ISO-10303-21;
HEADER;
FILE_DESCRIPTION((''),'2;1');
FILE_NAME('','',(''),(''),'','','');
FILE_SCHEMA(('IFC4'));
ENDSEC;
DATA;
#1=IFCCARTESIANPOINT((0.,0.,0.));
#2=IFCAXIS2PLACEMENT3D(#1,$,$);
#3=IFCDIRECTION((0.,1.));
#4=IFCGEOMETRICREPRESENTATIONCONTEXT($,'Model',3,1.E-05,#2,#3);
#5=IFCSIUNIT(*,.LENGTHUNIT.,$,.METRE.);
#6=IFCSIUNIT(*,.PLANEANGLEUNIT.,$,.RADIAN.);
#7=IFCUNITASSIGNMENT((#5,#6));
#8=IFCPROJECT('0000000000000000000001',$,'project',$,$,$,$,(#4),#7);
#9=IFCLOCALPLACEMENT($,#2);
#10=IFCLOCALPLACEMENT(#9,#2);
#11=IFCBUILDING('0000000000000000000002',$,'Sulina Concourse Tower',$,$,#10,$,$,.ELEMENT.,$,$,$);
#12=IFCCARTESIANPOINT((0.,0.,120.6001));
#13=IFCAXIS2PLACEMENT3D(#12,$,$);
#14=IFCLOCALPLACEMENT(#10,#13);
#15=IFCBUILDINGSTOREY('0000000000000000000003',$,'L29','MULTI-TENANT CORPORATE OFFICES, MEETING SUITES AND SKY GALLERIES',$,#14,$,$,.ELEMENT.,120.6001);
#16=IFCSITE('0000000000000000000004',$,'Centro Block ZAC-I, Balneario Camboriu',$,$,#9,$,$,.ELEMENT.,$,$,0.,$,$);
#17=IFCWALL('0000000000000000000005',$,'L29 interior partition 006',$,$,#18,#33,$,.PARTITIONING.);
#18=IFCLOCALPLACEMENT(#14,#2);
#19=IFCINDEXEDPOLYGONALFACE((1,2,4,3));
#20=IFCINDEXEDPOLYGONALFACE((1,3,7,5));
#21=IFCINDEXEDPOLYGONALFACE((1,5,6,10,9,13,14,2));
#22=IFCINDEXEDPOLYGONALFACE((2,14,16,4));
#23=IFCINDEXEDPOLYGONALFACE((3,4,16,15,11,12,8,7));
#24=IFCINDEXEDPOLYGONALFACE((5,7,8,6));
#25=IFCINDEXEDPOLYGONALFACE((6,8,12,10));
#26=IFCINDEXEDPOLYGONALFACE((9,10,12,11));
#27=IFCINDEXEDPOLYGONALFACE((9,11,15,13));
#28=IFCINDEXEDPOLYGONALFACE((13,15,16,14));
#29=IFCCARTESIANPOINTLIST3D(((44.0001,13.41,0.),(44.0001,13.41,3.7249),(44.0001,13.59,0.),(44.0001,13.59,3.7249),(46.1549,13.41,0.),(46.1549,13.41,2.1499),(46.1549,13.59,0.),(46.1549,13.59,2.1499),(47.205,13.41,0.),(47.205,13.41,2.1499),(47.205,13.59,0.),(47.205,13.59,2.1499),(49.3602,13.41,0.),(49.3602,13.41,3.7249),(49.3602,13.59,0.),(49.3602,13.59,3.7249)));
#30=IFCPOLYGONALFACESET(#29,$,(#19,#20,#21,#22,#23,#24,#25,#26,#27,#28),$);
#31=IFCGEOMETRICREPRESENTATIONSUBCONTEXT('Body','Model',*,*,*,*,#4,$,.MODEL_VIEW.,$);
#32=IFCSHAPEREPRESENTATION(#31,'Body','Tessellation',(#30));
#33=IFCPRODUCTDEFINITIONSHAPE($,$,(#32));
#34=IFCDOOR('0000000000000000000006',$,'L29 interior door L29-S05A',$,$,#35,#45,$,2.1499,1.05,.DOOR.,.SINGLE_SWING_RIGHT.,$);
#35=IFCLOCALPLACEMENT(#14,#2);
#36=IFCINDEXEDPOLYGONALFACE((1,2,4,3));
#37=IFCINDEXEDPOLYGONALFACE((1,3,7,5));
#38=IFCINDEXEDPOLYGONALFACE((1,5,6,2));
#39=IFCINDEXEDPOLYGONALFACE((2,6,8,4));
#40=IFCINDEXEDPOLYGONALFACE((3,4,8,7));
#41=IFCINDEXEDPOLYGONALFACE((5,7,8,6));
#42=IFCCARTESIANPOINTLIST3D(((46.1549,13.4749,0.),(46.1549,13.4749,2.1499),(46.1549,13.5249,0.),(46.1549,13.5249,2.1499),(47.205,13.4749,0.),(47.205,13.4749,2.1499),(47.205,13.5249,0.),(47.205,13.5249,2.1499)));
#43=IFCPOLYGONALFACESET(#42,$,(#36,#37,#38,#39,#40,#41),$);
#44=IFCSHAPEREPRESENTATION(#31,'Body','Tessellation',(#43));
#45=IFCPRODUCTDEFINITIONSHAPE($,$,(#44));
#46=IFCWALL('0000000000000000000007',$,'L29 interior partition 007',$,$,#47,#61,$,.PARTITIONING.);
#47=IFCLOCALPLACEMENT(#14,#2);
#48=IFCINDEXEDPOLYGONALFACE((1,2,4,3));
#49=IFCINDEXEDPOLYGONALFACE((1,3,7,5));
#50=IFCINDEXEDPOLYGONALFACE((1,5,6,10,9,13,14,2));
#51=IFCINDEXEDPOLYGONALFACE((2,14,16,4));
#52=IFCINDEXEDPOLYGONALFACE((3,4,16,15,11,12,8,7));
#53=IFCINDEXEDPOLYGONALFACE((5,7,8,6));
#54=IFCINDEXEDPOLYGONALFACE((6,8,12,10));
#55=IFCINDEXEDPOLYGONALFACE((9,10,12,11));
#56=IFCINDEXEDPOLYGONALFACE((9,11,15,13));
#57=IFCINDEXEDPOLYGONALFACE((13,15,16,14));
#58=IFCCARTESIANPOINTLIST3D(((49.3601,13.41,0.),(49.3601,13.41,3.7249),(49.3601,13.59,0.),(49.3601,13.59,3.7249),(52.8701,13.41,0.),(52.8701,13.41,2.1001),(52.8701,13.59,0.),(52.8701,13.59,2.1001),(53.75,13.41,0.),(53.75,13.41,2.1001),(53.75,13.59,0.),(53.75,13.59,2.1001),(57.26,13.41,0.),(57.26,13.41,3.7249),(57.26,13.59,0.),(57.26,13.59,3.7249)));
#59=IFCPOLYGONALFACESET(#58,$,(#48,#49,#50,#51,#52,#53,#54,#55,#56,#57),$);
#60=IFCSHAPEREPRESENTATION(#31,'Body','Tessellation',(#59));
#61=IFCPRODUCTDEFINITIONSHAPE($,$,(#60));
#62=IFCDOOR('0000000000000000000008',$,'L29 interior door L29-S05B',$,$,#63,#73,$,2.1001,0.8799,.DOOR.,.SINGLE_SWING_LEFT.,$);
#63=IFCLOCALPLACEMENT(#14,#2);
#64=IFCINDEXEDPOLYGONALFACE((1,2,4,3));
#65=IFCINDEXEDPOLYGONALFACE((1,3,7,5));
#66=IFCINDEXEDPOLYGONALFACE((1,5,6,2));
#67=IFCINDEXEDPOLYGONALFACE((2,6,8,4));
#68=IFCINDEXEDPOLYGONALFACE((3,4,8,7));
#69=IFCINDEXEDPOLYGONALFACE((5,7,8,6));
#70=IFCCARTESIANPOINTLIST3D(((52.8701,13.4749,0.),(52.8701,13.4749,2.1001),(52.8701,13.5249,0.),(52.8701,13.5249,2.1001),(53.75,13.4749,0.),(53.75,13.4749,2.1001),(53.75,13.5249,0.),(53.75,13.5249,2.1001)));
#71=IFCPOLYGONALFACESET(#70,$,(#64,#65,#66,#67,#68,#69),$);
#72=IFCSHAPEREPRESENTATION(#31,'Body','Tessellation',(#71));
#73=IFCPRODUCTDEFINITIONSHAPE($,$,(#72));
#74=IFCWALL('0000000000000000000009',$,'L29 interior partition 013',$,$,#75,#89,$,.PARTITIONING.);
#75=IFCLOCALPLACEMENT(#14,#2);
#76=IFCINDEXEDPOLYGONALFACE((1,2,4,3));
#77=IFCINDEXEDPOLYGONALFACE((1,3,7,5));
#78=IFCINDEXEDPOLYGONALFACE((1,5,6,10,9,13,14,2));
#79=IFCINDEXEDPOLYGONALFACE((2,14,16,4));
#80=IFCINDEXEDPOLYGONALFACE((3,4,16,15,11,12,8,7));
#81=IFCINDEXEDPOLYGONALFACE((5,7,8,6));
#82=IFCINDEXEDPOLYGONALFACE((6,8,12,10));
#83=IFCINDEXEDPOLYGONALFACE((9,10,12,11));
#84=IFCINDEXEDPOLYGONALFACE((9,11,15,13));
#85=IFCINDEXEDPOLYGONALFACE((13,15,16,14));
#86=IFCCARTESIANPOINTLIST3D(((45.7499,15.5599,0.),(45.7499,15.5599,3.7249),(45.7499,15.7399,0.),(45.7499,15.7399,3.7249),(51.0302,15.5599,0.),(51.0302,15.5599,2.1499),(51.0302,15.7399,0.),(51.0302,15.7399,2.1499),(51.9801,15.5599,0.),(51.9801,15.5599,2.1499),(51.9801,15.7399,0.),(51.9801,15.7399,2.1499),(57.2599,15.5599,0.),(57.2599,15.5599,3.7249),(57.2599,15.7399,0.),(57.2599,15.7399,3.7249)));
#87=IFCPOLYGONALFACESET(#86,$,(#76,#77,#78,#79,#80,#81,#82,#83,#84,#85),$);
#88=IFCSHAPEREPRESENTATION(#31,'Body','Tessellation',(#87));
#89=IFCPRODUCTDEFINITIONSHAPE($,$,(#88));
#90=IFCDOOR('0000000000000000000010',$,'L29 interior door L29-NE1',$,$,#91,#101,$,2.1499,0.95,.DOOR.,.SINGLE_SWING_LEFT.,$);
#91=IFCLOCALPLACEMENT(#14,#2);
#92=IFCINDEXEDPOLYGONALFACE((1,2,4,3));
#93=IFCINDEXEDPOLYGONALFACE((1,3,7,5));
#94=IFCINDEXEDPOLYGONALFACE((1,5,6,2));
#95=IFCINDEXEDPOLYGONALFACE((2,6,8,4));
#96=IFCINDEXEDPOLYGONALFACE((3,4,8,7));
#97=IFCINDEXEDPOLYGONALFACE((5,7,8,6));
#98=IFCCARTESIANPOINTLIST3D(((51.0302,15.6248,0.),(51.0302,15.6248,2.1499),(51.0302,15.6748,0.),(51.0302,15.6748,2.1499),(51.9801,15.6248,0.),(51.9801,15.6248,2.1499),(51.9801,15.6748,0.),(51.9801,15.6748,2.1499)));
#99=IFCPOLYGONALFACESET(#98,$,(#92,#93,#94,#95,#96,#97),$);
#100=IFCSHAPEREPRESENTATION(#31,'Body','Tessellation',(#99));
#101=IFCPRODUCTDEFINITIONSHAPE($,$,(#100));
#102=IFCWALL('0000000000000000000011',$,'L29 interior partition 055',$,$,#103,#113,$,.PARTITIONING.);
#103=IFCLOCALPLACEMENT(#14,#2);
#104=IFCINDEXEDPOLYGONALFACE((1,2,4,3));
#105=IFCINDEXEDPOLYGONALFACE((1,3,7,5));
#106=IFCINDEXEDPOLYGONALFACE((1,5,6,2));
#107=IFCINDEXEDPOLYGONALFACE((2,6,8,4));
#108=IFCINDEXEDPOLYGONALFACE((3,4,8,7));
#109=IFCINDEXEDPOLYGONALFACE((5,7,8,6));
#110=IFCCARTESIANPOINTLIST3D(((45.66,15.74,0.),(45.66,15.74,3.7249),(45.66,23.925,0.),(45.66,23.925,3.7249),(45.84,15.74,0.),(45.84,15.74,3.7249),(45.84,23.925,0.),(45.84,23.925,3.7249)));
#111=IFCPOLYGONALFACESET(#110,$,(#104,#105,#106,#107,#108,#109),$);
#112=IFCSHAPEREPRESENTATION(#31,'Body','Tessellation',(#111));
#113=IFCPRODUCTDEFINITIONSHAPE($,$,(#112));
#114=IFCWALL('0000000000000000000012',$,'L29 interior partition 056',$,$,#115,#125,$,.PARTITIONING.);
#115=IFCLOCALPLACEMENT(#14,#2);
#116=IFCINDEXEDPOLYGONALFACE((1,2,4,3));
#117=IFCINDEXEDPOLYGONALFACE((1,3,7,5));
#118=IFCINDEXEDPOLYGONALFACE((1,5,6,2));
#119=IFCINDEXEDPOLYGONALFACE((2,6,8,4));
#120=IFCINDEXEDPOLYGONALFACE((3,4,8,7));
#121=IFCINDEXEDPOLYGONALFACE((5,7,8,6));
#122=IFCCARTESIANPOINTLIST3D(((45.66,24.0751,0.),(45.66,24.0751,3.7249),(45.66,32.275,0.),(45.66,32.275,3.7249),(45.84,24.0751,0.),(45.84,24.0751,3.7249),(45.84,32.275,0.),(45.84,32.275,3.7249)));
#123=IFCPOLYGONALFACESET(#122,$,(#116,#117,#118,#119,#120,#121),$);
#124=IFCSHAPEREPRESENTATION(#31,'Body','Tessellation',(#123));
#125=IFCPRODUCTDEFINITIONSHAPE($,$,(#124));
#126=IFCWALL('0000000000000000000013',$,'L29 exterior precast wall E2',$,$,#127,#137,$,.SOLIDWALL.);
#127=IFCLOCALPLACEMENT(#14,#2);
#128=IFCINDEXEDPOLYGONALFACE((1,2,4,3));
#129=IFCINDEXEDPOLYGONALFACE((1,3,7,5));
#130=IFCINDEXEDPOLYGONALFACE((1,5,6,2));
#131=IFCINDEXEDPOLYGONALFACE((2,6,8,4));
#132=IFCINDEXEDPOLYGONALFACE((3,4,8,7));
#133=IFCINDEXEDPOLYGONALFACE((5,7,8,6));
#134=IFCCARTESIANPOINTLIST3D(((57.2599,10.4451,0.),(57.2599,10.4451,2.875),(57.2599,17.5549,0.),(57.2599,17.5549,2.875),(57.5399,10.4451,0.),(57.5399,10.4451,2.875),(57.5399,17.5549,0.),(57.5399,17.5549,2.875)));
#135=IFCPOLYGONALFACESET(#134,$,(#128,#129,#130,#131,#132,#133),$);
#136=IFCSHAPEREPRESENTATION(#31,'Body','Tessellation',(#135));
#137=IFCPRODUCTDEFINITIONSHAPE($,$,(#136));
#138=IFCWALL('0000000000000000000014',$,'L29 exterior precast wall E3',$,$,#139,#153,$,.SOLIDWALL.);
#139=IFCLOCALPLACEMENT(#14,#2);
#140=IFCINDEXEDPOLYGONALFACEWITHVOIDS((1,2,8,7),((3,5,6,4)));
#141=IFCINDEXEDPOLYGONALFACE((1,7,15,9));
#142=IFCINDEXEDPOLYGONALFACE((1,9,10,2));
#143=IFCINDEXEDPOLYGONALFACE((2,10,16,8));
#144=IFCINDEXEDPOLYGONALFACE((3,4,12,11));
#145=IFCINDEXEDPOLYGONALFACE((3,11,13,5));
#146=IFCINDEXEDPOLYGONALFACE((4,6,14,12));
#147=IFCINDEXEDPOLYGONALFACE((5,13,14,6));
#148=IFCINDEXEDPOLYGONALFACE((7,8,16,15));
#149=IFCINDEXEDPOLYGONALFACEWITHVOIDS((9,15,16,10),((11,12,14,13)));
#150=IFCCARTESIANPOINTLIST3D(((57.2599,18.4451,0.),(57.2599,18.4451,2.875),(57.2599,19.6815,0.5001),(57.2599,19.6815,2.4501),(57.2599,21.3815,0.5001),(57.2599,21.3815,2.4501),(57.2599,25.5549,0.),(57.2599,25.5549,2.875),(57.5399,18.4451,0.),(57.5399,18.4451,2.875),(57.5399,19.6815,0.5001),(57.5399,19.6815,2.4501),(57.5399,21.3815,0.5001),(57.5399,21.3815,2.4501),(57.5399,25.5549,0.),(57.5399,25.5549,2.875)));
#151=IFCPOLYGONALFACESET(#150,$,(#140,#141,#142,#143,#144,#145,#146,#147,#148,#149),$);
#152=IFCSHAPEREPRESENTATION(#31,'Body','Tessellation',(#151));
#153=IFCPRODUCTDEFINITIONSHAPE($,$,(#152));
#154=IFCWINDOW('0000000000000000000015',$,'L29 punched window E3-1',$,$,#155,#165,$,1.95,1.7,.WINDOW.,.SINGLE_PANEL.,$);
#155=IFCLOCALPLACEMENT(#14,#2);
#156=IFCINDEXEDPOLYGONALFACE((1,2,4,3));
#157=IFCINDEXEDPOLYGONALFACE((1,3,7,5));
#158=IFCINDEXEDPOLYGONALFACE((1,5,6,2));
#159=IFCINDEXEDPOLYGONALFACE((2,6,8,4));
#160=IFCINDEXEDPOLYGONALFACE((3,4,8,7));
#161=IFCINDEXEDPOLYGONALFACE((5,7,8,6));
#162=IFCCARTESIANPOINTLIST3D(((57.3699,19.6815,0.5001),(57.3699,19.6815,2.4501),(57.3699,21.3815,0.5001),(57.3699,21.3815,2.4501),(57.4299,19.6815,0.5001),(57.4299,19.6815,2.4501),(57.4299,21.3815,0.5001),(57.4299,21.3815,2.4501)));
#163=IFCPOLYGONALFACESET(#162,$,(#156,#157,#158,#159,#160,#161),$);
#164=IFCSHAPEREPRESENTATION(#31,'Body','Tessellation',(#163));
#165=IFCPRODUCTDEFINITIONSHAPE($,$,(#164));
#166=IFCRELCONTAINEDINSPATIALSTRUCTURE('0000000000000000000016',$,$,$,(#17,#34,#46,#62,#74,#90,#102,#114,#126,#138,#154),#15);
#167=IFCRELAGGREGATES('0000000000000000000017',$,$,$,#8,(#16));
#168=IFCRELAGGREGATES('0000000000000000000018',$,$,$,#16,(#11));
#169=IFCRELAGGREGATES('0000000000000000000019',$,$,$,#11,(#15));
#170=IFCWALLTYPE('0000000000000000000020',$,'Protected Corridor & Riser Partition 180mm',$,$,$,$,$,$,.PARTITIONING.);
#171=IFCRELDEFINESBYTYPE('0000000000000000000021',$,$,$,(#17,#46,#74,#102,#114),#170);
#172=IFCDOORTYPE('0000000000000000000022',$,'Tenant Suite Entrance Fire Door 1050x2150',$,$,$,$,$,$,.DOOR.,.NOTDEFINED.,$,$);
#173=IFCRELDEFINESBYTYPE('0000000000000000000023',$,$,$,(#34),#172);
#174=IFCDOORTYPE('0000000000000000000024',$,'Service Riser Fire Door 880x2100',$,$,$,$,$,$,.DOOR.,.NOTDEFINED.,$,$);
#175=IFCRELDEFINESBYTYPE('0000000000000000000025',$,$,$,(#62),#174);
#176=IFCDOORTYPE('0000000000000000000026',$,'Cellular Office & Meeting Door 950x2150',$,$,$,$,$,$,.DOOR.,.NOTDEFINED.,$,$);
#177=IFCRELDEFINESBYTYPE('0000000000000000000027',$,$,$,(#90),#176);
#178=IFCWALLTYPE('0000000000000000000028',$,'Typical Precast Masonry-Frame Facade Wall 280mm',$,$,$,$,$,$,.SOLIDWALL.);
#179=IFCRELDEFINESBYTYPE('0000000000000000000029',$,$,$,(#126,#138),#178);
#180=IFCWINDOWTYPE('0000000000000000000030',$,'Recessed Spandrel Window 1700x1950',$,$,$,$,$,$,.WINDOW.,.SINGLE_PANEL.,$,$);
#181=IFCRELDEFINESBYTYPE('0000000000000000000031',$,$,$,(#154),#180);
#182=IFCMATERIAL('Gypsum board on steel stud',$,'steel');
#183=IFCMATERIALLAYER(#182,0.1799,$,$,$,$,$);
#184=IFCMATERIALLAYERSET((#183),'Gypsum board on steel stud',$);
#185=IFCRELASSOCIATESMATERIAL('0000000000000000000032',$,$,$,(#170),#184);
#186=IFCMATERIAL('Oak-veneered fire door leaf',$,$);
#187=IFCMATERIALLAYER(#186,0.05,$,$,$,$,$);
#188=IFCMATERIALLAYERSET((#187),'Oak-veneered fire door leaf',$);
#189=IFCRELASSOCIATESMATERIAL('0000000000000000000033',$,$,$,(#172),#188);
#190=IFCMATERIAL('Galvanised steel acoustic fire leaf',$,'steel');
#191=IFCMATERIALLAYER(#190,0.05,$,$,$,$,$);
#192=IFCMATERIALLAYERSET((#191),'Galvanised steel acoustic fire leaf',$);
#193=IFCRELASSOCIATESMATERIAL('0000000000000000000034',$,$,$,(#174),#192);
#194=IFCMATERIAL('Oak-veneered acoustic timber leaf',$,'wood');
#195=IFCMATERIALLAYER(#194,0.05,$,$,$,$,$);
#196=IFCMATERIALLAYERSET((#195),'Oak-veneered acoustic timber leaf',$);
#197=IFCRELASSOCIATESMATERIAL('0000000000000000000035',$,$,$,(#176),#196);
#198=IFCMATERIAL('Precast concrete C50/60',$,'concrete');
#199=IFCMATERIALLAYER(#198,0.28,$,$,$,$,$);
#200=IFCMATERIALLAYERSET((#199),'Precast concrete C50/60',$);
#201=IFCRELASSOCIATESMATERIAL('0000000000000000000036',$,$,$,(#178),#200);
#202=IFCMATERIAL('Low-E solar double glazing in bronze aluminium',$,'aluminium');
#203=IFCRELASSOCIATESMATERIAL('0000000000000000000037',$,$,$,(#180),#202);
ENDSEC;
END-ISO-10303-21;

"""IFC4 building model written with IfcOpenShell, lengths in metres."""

from ifc_helpers import new_model, si_unit, direction, frame, frame_2d, origin, place, context, subcontext, project, spatial, rectangle, extrude, material, layer, layer_set, type_object, element, fill, save


model = new_model("IFC4")

# Units and contexts
model_context = context("Model", 3, precision=1e-05, world=origin(), true_north=direction((0.0, 1.0)))
body_context = subcontext(model_context, "Body", "Model", "MODEL_VIEW")
ifc_project = project(units=[si_unit("LENGTHUNIT", "METRE"), si_unit("PLANEANGLEUNIT", "RADIAN")], contexts=[model_context])

# Site, building, storey
site_placement = place(None, origin())
site = spatial("IfcSite", under=ifc_project, at=site_placement, Name="Centro Block ZAC-I, Balneario Camboriu", CompositionType="ELEMENT", RefElevation=0.0)
building_placement = place(site_placement, origin())
building = spatial("IfcBuilding", under=site, at=building_placement, Name="Sulina Concourse Tower", CompositionType="ELEMENT")
storey_placement = place(building_placement, frame((0.0, 0.0, 120.6001)))
storey = spatial("IfcBuildingStorey", under=building, at=storey_placement, Name="L29", Description="MULTI-TENANT CORPORATE OFFICES, MEETING SUITES AND SKY GALLERIES", CompositionType="ELEMENT", Elevation=120.6001)

# Walls, openings, doors
ifc_material_1 = material(Name="Gypsum board on steel stud", Category="steel")
ifc_layer_1 = layer(ifc_material_1, 0.1799)
ifc_layer_set_1 = layer_set([ifc_layer_1], Name="Gypsum board on steel stud")
wall_type_1 = type_object("IfcWallType", Name="Protected Corridor & Riser Partition 180mm", PredefinedType="PARTITIONING", material=ifc_layer_set_1)
wall_1_placement = place(storey_placement, frame((44.0, 13.5, 0.0), z_axis=(0.0, 0.0, 1.0), x_axis=(1.0, 0.0, 0.0)))
wall_1 = element("IfcWall", 1, at=wall_1_placement, inside=storey, type_object=wall_type_1, Name="L29 interior partition 006", PredefinedType="PARTITIONING", context=body_context, shape_type="SweptSolid", body=[
    extrude(rectangle(XDim=5.3601, YDim=0.1799, at=frame_2d((2.6802, 0.0))), origin(), (0.0, 0.0, 1.0), 3.7249),
])
opening_1_placement = place(wall_1_placement, frame((2.155, 0.0, 0.0)))
opening_1 = element("IfcOpeningElement", 2, at=opening_1_placement, cuts=wall_1, PredefinedType="OPENING", context=body_context, shape_type="SweptSolid", body=[
    extrude(rectangle(XDim=1.05, YDim=2.1499, at=frame_2d((0.5249, 1.075))), frame((0.0, 0.0999, 0.0), z_axis=(0.0, -1.0, 0.0), x_axis=(1.0, 0.0, 0.0)), (0.0, 0.0, 1.0), 0.2),
])
ifc_material_2 = material(Name="Oak-veneered fire door leaf")
ifc_layer_2 = layer(ifc_material_2, 0.05)
ifc_layer_set_2 = layer_set([ifc_layer_2], Name="Oak-veneered fire door leaf")
door_type_1 = type_object("IfcDoorType", Name="Tenant Suite Entrance Fire Door 1050x2150", OperationType="NOTDEFINED", PredefinedType="DOOR", material=ifc_layer_set_2)
door_1_placement = place(opening_1_placement, origin())
door_1 = element("IfcDoor", 3, at=door_1_placement, inside=storey, type_object=door_type_1, Name="L29 interior door L29-S05A", OperationType="SINGLE_SWING_RIGHT", OverallHeight=2.1499, OverallWidth=1.05, PredefinedType="DOOR", context=body_context, shape_type="SweptSolid", body=[
    extrude(rectangle(XDim=1.05, YDim=2.1499, at=frame_2d((0.5249, 1.075))), frame((0.0, 0.0249, 0.0), z_axis=(0.0, -1.0, 0.0), x_axis=(1.0, 0.0, 0.0)), (0.0, 0.0, 1.0), 0.05),
])
fill(opening_1, door_1)
wall_2_placement = place(storey_placement, frame((49.3601, 13.5, 0.0), z_axis=(0.0, 0.0, 1.0), x_axis=(1.0, 0.0, 0.0)))
wall_2 = element("IfcWall", 4, at=wall_2_placement, inside=storey, type_object=wall_type_1, Name="L29 interior partition 007", PredefinedType="PARTITIONING", context=body_context, shape_type="SweptSolid", body=[
    extrude(rectangle(XDim=7.8999, YDim=0.1799, at=frame_2d((3.95, 0.0))), origin(), (0.0, 0.0, 1.0), 3.7249),
])
opening_2_placement = place(wall_2_placement, frame((3.51, 0.0, 0.0)))
opening_2 = element("IfcOpeningElement", 5, at=opening_2_placement, cuts=wall_2, PredefinedType="OPENING", context=body_context, shape_type="SweptSolid", body=[
    extrude(rectangle(XDim=0.8799, YDim=2.1001, at=frame_2d((0.4399, 1.05))), frame((0.0, 0.0999, 0.0), z_axis=(0.0, -1.0, 0.0), x_axis=(1.0, 0.0, 0.0)), (0.0, 0.0, 1.0), 0.2),
])
ifc_material_3 = material(Name="Galvanised steel acoustic fire leaf", Category="steel")
ifc_layer_3 = layer(ifc_material_3, 0.05)
ifc_layer_set_3 = layer_set([ifc_layer_3], Name="Galvanised steel acoustic fire leaf")
door_type_2 = type_object("IfcDoorType", Name="Service Riser Fire Door 880x2100", OperationType="NOTDEFINED", PredefinedType="DOOR", material=ifc_layer_set_3)
door_2_placement = place(opening_2_placement, origin())
door_2 = element("IfcDoor", 6, at=door_2_placement, inside=storey, type_object=door_type_2, Name="L29 interior door L29-S05B", OperationType="SINGLE_SWING_LEFT", OverallHeight=2.1001, OverallWidth=0.8799, PredefinedType="DOOR", context=body_context, shape_type="SweptSolid", body=[
    extrude(rectangle(XDim=0.8799, YDim=2.1001, at=frame_2d((0.4399, 1.05))), frame((0.0, 0.0249, 0.0), z_axis=(0.0, -1.0, 0.0), x_axis=(1.0, 0.0, 0.0)), (0.0, 0.0, 1.0), 0.05),
])
fill(opening_2, door_2)
wall_3_placement = place(storey_placement, frame((45.75, 15.6499, 0.0), z_axis=(0.0, 0.0, 1.0), x_axis=(1.0, 0.0, 0.0)))
wall_3 = element("IfcWall", 7, at=wall_3_placement, inside=storey, type_object=wall_type_1, Name="L29 interior partition 013", PredefinedType="PARTITIONING", context=body_context, shape_type="SweptSolid", body=[
    extrude(rectangle(XDim=11.51, YDim=0.1799, at=frame_2d((5.7549, 0.0))), origin(), (0.0, 0.0, 1.0), 3.7249),
])
opening_3_placement = place(wall_3_placement, frame((5.28, 0.0, 0.0)))
opening_3 = element("IfcOpeningElement", 8, at=opening_3_placement, cuts=wall_3, PredefinedType="OPENING", context=body_context, shape_type="SweptSolid", body=[
    extrude(rectangle(XDim=0.95, YDim=2.1499, at=frame_2d((0.4751, 1.075))), frame((0.0, 0.0999, 0.0), z_axis=(0.0, -1.0, 0.0), x_axis=(1.0, 0.0, 0.0)), (0.0, 0.0, 1.0), 0.2),
])
ifc_material_4 = material(Name="Oak-veneered acoustic timber leaf", Category="wood")
ifc_layer_4 = layer(ifc_material_4, 0.05)
ifc_layer_set_4 = layer_set([ifc_layer_4], Name="Oak-veneered acoustic timber leaf")
door_type_3 = type_object("IfcDoorType", Name="Cellular Office & Meeting Door 950x2150", OperationType="NOTDEFINED", PredefinedType="DOOR", material=ifc_layer_set_4)
door_3_placement = place(opening_3_placement, origin())
door_3 = element("IfcDoor", 9, at=door_3_placement, inside=storey, type_object=door_type_3, Name="L29 interior door L29-NE1", OperationType="SINGLE_SWING_LEFT", OverallHeight=2.1499, OverallWidth=0.95, PredefinedType="DOOR", context=body_context, shape_type="SweptSolid", body=[
    extrude(rectangle(XDim=0.95, YDim=2.1499, at=frame_2d((0.4751, 1.075))), frame((0.0, 0.0249, 0.0), z_axis=(0.0, -1.0, 0.0), x_axis=(1.0, 0.0, 0.0)), (0.0, 0.0, 1.0), 0.05),
])
fill(opening_3, door_3)

# Walls
wall_4_placement = place(storey_placement, frame((45.75, 15.74, 0.0), z_axis=(0.0, 0.0, 1.0), x_axis=(0.0, 1.0, 0.0)))
element("IfcWall", 10, at=wall_4_placement, inside=storey, type_object=wall_type_1, Name="L29 interior partition 055", PredefinedType="PARTITIONING", context=body_context, shape_type="SweptSolid", body=[
    extrude(rectangle(XDim=8.1851, YDim=0.1799, at=frame_2d((4.0925, 0.0))), origin(), (0.0, 0.0, 1.0), 3.7249),
])
wall_5_placement = place(storey_placement, frame((45.75, 24.075, 0.0), z_axis=(0.0, 0.0, 1.0), x_axis=(0.0, 1.0, 0.0)))
element("IfcWall", 11, at=wall_5_placement, inside=storey, type_object=wall_type_1, Name="L29 interior partition 056", PredefinedType="PARTITIONING", context=body_context, shape_type="SweptSolid", body=[
    extrude(rectangle(XDim=8.2, YDim=0.1799, at=frame_2d((4.1001, 0.0))), origin(), (0.0, 0.0, 1.0), 3.7249),
])
ifc_material_5 = material(Name="Precast concrete C50/60", Category="concrete")
ifc_layer_5 = layer(ifc_material_5, 0.28)
ifc_layer_set_5 = layer_set([ifc_layer_5], Name="Precast concrete C50/60")
wall_type_2 = type_object("IfcWallType", Name="Typical Precast Masonry-Frame Facade Wall 280mm", PredefinedType="SOLIDWALL", material=ifc_layer_set_5)
wall_6_placement = place(storey_placement, frame((57.3999, 17.5549, 0.0), z_axis=(0.0, 0.0, 1.0), x_axis=(0.0, -1.0, 0.0)))
element("IfcWall", 12, at=wall_6_placement, inside=storey, type_object=wall_type_2, Name="L29 exterior precast wall E2", PredefinedType="SOLIDWALL", context=body_context, shape_type="SweptSolid", body=[
    extrude(rectangle(XDim=7.1099, YDim=0.28, at=frame_2d((3.5549, 0.0))), origin(), (0.0, 0.0, 1.0), 2.875),
])

# Wall, opening, window
wall_7_placement = place(storey_placement, frame((57.3999, 25.5549, 0.0), z_axis=(0.0, 0.0, 1.0), x_axis=(0.0, -1.0, 0.0)))
wall_7 = element("IfcWall", 13, at=wall_7_placement, inside=storey, type_object=wall_type_2, Name="L29 exterior precast wall E3", PredefinedType="SOLIDWALL", context=body_context, shape_type="SweptSolid", body=[
    extrude(rectangle(XDim=7.1099, YDim=0.28, at=frame_2d((3.5549, 0.0))), origin(), (0.0, 0.0, 1.0), 2.875),
])
opening_4_placement = place(wall_7_placement, frame((4.1733, 0.0, 0.5)))
opening_4 = element("IfcOpeningElement", 14, at=opening_4_placement, cuts=wall_7, PredefinedType="OPENING", context=body_context, shape_type="SweptSolid", body=[
    extrude(rectangle(XDim=1.7, YDim=1.95, at=frame_2d((0.8501, 0.9751))), frame((0.0, 0.1499, 0.0), z_axis=(0.0, -1.0, 0.0), x_axis=(1.0, 0.0, 0.0)), (0.0, 0.0, 1.0), 0.3),
])
ifc_material_6 = material(Name="Low-E solar double glazing in bronze aluminium", Category="aluminium")
window_type = type_object("IfcWindowType", Name="Recessed Spandrel Window 1700x1950", PartitioningType="SINGLE_PANEL", PredefinedType="WINDOW", material=ifc_material_6)
window_placement = place(opening_4_placement, origin())
window = element("IfcWindow", 15, at=window_placement, inside=storey, type_object=window_type, Name="L29 punched window E3-1", OverallHeight=1.95, OverallWidth=1.7, PartitioningType="SINGLE_PANEL", PredefinedType="WINDOW", context=body_context, shape_type="SweptSolid", body=[
    extrude(rectangle(XDim=1.7, YDim=1.95, at=frame_2d((0.8501, 0.9751))), frame((0.0, 0.03, 0.0), z_axis=(0.0, -1.0, 0.0), x_axis=(1.0, 0.0, 0.0)), (0.0, 0.0, 1.0), 0.0601),
])
fill(opening_4, window)

save(model, "model.ifc")
